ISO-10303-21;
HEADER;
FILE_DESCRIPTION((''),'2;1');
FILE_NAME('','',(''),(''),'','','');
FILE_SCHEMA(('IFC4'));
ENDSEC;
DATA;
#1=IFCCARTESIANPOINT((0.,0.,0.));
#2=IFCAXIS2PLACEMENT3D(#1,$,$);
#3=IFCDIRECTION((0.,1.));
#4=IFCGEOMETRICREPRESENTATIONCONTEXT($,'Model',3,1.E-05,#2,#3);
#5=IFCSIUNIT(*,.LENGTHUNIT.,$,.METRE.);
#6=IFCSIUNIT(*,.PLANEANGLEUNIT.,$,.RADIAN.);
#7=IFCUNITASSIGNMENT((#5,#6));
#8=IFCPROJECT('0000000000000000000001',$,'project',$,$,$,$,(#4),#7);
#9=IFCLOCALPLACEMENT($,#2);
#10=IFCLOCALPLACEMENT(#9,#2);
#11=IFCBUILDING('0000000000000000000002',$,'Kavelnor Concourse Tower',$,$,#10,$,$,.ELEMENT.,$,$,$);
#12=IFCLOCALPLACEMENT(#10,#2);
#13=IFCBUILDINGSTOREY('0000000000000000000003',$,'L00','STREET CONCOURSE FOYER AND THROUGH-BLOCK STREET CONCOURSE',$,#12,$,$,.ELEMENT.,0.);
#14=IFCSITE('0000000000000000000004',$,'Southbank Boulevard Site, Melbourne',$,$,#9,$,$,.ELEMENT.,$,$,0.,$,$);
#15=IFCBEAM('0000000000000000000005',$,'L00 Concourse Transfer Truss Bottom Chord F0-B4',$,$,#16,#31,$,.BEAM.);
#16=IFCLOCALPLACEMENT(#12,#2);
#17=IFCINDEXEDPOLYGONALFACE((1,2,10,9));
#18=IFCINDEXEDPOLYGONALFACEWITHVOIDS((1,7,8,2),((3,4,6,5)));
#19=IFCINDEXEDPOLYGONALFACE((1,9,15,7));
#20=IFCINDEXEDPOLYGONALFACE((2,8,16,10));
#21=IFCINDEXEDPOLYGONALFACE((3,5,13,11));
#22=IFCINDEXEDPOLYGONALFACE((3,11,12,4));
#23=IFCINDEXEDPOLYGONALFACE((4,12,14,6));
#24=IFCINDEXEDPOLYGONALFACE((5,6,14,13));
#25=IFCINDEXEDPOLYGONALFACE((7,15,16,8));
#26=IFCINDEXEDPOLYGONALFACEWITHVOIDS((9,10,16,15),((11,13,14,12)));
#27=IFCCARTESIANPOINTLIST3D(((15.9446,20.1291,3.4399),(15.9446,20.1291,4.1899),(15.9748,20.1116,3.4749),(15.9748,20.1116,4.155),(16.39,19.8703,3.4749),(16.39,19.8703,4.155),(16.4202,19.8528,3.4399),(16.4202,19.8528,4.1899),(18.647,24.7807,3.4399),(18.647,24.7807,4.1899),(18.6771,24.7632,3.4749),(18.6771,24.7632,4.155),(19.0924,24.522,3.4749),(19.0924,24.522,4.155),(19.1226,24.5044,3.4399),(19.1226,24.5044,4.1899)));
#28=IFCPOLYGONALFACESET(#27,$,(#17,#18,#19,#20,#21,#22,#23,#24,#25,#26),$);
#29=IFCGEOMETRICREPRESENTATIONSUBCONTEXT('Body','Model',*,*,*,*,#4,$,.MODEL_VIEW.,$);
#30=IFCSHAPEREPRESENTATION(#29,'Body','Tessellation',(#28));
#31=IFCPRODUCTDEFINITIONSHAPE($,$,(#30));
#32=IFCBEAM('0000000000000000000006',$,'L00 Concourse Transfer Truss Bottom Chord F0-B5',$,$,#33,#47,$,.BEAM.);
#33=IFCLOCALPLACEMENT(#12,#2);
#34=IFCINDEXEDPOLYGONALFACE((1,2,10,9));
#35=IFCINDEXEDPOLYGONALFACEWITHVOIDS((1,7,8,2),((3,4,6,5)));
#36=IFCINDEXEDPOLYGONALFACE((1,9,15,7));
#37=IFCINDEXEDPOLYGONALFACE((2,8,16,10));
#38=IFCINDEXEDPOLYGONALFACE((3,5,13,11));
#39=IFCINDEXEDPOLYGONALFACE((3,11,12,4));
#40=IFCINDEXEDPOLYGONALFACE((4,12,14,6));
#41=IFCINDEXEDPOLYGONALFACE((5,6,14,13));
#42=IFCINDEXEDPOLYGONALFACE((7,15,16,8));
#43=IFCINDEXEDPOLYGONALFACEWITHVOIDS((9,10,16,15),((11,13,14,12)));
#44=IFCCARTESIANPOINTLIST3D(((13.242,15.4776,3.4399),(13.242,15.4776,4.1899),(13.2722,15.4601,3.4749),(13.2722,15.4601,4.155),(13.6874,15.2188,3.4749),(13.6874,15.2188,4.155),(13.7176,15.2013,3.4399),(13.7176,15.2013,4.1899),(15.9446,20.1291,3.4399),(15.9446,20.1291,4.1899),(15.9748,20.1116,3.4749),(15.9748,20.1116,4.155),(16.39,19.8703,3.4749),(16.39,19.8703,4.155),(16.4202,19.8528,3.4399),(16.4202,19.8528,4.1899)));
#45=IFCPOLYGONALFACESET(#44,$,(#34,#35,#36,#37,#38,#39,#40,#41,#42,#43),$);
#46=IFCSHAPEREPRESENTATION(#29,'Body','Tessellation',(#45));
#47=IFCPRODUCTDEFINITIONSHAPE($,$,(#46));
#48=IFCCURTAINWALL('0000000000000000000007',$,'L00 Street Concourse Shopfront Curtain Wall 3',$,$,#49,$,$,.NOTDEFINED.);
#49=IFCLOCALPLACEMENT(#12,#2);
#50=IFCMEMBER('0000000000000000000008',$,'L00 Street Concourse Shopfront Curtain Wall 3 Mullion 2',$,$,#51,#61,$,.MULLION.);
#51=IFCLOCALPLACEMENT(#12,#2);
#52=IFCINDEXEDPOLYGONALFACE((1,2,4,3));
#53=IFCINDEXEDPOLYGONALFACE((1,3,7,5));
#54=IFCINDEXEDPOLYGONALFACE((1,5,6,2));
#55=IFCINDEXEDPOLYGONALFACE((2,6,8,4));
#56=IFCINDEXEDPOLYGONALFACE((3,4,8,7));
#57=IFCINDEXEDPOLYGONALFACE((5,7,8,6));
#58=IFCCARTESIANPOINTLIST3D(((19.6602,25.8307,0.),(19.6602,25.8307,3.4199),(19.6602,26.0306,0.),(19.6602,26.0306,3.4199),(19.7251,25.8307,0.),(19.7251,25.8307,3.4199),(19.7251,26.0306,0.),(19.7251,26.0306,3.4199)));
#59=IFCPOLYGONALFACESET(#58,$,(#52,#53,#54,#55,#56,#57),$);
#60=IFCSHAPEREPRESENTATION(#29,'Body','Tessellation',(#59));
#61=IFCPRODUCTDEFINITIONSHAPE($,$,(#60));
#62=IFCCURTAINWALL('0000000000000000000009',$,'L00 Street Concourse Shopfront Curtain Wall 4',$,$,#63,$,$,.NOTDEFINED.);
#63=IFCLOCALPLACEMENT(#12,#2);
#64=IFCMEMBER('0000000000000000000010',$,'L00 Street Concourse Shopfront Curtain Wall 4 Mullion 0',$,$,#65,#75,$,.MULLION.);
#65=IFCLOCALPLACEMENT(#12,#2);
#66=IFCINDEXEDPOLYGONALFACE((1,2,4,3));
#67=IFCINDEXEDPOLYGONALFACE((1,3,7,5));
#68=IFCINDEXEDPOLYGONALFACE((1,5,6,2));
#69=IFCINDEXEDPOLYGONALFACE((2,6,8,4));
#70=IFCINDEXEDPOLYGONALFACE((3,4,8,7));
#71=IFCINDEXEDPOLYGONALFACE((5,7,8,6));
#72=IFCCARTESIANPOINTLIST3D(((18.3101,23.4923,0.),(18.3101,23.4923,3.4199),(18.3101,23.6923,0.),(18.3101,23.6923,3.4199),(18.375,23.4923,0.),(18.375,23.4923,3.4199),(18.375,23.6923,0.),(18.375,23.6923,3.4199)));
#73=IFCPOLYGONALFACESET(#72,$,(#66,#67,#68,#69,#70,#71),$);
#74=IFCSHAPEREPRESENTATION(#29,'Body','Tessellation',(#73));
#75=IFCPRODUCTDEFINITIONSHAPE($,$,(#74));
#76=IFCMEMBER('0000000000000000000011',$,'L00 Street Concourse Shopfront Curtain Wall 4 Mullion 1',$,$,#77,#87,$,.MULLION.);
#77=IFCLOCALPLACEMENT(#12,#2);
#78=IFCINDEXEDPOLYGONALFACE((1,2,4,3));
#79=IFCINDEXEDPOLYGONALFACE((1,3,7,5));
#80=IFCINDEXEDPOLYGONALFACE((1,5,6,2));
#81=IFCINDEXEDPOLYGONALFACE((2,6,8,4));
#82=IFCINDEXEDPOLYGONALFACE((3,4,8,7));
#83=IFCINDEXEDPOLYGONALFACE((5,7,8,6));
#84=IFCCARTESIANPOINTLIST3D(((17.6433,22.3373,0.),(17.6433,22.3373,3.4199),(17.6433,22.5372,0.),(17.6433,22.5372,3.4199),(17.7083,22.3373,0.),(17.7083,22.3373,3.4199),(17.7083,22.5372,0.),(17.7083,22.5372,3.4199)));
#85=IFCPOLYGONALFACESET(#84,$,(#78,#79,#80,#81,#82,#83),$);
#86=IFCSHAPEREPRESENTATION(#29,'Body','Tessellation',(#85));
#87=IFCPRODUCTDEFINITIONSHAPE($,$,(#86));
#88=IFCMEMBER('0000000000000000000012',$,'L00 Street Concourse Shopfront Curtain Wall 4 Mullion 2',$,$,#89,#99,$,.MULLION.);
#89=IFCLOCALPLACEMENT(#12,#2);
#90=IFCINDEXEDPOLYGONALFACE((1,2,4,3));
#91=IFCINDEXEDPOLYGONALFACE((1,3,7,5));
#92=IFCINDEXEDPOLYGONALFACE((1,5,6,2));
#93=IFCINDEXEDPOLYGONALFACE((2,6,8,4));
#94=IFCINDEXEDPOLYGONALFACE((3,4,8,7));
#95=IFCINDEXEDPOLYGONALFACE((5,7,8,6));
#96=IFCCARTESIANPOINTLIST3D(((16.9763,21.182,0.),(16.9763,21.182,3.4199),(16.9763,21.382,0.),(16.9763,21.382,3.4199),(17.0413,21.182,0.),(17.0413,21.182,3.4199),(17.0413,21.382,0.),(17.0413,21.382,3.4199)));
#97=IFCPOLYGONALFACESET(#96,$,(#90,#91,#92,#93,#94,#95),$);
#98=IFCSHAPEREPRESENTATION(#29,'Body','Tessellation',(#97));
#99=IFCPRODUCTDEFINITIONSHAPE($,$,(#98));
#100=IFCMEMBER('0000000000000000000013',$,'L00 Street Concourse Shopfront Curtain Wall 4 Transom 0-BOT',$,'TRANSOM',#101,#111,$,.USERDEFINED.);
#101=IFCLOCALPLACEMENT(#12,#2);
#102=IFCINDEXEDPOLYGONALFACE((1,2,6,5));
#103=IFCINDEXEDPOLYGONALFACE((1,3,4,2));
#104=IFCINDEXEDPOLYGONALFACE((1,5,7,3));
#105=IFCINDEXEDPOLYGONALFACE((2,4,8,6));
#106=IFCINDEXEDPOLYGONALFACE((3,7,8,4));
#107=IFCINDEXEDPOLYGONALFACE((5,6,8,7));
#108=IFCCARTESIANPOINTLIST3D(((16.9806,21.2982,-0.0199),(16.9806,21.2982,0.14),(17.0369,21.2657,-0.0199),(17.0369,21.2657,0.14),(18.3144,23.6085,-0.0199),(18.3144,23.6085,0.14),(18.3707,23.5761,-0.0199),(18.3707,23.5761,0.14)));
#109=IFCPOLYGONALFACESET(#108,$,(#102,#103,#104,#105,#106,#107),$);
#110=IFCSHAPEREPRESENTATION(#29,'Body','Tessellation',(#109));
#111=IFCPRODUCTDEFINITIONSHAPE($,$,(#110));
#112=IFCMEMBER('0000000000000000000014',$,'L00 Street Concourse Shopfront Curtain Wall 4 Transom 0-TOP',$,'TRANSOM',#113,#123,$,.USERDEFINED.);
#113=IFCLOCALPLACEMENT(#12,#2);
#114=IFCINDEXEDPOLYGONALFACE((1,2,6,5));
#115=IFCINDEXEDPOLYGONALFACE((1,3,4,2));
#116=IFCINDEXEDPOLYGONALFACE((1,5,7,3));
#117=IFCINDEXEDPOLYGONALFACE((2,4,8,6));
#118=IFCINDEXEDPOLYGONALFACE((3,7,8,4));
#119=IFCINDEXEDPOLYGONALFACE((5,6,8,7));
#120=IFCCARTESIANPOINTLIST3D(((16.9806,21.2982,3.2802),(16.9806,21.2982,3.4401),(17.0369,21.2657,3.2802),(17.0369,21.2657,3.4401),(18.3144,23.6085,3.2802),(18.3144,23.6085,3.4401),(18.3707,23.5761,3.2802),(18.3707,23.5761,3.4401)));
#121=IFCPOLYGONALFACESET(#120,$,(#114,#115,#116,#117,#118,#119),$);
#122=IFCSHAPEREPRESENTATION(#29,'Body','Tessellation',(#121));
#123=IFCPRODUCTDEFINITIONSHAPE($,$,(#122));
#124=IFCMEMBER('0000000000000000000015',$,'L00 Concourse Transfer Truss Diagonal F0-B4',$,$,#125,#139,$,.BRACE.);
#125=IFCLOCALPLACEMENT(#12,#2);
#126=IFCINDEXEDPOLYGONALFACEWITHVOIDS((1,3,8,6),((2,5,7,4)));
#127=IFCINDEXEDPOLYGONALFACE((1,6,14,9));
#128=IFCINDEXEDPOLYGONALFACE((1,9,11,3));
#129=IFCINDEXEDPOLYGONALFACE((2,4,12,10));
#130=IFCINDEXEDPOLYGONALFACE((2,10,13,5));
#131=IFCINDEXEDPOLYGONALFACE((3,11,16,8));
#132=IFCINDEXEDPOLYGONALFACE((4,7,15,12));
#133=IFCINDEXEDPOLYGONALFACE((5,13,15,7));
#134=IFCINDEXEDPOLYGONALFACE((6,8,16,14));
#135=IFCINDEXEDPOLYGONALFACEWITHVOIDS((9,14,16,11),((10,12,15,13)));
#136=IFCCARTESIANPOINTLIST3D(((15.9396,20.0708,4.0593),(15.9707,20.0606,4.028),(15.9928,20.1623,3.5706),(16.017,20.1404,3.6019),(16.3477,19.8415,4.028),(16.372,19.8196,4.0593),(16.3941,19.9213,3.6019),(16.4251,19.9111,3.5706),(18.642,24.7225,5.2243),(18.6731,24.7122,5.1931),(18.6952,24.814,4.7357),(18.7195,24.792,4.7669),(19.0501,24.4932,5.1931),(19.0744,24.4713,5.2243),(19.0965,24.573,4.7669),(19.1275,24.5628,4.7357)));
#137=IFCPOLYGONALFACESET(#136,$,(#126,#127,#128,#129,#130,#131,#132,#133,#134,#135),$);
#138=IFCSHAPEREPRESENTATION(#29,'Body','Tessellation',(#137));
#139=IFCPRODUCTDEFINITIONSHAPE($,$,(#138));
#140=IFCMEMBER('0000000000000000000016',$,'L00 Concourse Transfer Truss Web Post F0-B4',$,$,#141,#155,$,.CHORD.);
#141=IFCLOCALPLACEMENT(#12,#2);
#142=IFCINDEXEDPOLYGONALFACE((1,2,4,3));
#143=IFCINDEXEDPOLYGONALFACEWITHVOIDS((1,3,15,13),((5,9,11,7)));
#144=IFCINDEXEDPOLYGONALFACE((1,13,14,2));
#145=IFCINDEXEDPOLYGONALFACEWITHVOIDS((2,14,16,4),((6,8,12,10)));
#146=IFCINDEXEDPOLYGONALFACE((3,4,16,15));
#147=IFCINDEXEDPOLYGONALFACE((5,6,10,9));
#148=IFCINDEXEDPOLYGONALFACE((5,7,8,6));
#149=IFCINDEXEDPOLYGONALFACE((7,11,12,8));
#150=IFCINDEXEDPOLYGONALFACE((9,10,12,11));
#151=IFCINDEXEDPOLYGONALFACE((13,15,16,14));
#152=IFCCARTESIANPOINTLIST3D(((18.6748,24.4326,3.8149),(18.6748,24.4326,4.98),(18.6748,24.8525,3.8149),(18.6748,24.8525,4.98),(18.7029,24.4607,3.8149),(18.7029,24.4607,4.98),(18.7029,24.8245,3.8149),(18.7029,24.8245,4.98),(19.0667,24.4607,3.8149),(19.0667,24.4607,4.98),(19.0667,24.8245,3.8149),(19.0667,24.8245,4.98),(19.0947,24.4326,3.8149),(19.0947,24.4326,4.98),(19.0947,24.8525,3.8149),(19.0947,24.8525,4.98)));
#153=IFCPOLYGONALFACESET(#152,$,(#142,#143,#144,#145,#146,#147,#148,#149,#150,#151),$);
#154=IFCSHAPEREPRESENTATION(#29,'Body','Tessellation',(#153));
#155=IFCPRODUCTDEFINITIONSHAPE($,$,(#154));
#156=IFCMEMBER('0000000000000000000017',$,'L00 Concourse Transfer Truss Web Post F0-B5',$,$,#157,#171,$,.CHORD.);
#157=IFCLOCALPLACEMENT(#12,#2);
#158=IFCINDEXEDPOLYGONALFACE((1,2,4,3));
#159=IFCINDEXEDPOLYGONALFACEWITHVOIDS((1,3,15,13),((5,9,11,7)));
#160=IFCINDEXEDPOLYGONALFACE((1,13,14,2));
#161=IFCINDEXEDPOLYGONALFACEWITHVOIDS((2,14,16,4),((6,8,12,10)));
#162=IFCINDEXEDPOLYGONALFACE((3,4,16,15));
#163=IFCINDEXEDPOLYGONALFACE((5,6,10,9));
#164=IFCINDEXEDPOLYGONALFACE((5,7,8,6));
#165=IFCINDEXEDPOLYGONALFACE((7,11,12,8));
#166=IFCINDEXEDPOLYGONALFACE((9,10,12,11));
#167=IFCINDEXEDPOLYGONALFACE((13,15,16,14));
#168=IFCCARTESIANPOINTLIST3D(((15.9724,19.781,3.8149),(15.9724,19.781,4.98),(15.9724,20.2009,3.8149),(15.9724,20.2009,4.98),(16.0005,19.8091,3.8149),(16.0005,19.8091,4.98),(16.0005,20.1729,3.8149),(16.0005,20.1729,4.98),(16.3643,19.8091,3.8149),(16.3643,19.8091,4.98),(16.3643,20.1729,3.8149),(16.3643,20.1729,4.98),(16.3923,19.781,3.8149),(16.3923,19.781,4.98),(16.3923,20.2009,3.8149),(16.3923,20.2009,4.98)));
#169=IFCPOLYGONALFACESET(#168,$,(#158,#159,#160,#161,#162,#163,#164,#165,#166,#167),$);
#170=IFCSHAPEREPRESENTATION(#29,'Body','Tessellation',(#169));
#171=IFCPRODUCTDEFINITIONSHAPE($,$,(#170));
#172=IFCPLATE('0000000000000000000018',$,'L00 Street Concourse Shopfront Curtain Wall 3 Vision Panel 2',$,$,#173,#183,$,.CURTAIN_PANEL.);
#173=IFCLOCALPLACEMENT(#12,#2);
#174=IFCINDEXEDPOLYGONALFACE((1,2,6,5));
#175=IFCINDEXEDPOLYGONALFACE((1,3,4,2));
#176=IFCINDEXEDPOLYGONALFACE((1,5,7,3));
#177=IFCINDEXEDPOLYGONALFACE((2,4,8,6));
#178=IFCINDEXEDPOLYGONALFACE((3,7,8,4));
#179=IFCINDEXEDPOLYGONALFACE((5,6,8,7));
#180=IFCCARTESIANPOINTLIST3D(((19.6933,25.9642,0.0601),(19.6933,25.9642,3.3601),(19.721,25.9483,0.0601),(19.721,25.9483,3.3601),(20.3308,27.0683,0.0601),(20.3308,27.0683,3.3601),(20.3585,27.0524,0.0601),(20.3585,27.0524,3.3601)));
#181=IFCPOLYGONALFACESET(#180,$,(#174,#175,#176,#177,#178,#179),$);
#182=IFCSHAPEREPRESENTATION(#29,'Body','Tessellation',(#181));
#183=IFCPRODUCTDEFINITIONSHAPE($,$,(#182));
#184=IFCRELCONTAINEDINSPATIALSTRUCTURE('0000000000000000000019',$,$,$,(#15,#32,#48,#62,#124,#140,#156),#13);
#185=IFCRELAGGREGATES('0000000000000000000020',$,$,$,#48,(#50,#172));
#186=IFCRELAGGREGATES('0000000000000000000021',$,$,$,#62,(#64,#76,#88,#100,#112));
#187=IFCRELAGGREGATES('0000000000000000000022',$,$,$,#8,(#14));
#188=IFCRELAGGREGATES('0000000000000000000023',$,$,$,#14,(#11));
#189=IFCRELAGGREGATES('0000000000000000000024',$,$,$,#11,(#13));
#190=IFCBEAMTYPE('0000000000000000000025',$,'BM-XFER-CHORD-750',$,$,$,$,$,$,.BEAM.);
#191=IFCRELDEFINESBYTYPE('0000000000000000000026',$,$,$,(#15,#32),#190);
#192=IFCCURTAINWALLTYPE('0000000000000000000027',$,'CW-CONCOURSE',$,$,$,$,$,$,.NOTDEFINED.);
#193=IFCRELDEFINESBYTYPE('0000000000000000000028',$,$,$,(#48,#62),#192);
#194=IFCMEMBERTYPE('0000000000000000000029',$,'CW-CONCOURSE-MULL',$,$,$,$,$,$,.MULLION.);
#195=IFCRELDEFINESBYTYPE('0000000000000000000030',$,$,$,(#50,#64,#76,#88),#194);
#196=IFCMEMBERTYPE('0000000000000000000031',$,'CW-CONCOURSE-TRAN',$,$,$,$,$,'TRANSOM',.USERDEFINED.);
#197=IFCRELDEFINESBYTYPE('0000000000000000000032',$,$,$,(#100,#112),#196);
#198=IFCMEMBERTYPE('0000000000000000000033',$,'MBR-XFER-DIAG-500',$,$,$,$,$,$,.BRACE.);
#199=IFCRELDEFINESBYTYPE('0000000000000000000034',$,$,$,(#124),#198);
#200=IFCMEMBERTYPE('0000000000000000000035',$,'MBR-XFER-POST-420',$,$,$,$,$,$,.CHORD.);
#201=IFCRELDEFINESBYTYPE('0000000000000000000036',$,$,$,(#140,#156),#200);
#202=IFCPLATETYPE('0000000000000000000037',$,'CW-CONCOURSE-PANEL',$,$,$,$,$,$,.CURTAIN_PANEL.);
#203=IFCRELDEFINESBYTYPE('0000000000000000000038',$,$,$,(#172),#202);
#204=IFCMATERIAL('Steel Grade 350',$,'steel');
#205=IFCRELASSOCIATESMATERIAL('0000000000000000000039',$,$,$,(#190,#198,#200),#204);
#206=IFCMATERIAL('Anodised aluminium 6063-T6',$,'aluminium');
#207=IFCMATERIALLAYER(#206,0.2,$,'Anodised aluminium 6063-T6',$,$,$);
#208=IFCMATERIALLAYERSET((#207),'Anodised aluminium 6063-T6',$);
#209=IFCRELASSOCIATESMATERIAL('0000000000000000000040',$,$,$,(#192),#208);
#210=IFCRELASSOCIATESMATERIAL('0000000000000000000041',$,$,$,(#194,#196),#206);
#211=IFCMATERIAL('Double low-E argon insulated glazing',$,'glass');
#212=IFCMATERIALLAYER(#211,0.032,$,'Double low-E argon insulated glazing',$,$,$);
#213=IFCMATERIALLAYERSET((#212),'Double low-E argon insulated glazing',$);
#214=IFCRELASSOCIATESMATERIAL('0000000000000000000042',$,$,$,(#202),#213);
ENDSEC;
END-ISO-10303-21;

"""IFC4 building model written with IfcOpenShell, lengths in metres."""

from ifc_helpers import new_model, si_unit, direction, frame, origin, origin_2d, place, context, subcontext, project, spatial, rectangle, hollow_rectangle, extrude, material, layer, layer_set, material_profile, profile_set, type_object, element, aggregate, save


model = new_model("IFC4")

# Units and contexts
model_context = context("Model", 3, precision=1e-05, world=origin(), true_north=direction((0.0, 1.0)))
body_context = subcontext(model_context, "Body", "Model", "MODEL_VIEW")
ifc_project = project(units=[si_unit("LENGTHUNIT", "METRE"), si_unit("PLANEANGLEUNIT", "RADIAN")], contexts=[model_context])

# Site, building, storey
site_placement = place(None, origin())
site = spatial("IfcSite", under=ifc_project, at=site_placement, Name="Southbank Boulevard Site, Melbourne", CompositionType="ELEMENT", RefElevation=0.0)
building_placement = place(site_placement, origin())
building = spatial("IfcBuilding", under=site, at=building_placement, Name="Kavelnor Concourse Tower", CompositionType="ELEMENT")
storey_placement = place(building_placement, origin())
storey = spatial("IfcBuildingStorey", under=building, at=storey_placement, Name="L00", Description="STREET CONCOURSE FOYER AND THROUGH-BLOCK STREET CONCOURSE", CompositionType="ELEMENT", Elevation=0.0)

# Beams
ifc_material_1 = material(Name="Steel Grade 350", Category="steel")
ifc_material_profile_1 = material_profile(ifc_material_1, hollow_rectangle(XDim=0.55, YDim=0.75, WallThickness=0.0349, at=origin_2d()), Name="RHS 750x550x35")
ifc_profile_set_1 = profile_set([ifc_material_profile_1], Name="Steel Grade 350")
beam_type = type_object("IfcBeamType", Name="BM-XFER-CHORD-750", PredefinedType="BEAM", material=ifc_profile_set_1)
for number, where, z_axis, x_axis, name in (
    (1, (18.8848, 24.6426, 3.8149), (-0.502338, -0.864671, 0.0), (0.864671, -0.502338, 0.0), "L00 Concourse Transfer Truss Bottom Chord F0-B4"),
    (2, (16.1824, 19.991, 3.8149), (-0.502372, -0.864652, 0.0), (0.864652, -0.502372, 0.0), "L00 Concourse Transfer Truss Bottom Chord F0-B5"),
):
    element("IfcBeam", number, at=place(storey_placement, frame(where, z_axis=z_axis, x_axis=x_axis)), inside=storey, type_object=beam_type, Name=name, PredefinedType="BEAM", context=body_context, shape_type="SweptSolid", body=[
        extrude(hollow_rectangle(XDim=0.55, YDim=0.75, WallThickness=0.0349, at=origin_2d()), origin(), (0.0, 0.0, 1.0), 5.3796),
    ])

# Curtain wall, member
ifc_material_2 = material(Name="Anodised aluminium 6063-T6", Category="aluminium")
ifc_layer_1 = layer(ifc_material_2, 0.2, Name="Anodised aluminium 6063-T6")
ifc_layer_set_1 = layer_set([ifc_layer_1], Name="Anodised aluminium 6063-T6")
curtain_wall_type = type_object("IfcCurtainWallType", Name="CW-CONCOURSE", PredefinedType="NOTDEFINED", material=ifc_layer_set_1)
curtain_wall_1_placement = place(storey_placement, origin())
curtain_wall_1 = element("IfcCurtainWall", 3, at=curtain_wall_1_placement, inside=storey, type_object=curtain_wall_type, Name="L00 Street Concourse Shopfront Curtain Wall 3", PredefinedType="NOTDEFINED")
ifc_material_profile_2 = material_profile(ifc_material_2, rectangle(XDim=0.0649, YDim=0.2, at=origin_2d()), Name="AL-MULL 65x200")
ifc_profile_set_2 = profile_set([ifc_material_profile_2], Name="Anodised aluminium 6063-T6")
member_type_1 = type_object("IfcMemberType", Name="CW-CONCOURSE-MULL", PredefinedType="MULLION", material=ifc_profile_set_2)
member_1_placement = place(storey_placement, frame((19.6926, 25.9307, 0.0), z_axis=(0.0, 0.0, 1.0), x_axis=(1.0, 0.0, 0.0)))
member_1 = element("IfcMember", 4, at=member_1_placement, type_object=member_type_1, Name="L00 Street Concourse Shopfront Curtain Wall 3 Mullion 2", PredefinedType="MULLION", context=body_context, shape_type="SweptSolid", body=[
    extrude(rectangle(XDim=0.0649, YDim=0.2, at=origin_2d()), origin(), (0.0, 0.0, 1.0), 3.4199),
])

# Curtain wall, members
curtain_wall_2_placement = place(storey_placement, origin())
curtain_wall_2 = element("IfcCurtainWall", 5, at=curtain_wall_2_placement, inside=storey, type_object=curtain_wall_type, Name="L00 Street Concourse Shopfront Curtain Wall 4", PredefinedType="NOTDEFINED")
member_2_placement = place(storey_placement, frame((18.3425, 23.5923, 0.0), z_axis=(0.0, 0.0, 1.0), x_axis=(1.0, 0.0, 0.0)))
member_2 = element("IfcMember", 6, at=member_2_placement, type_object=member_type_1, Name="L00 Street Concourse Shopfront Curtain Wall 4 Mullion 0", PredefinedType="MULLION", context=body_context, shape_type="SweptSolid", body=[
    extrude(rectangle(XDim=0.0649, YDim=0.2, at=origin_2d()), origin(), (0.0, 0.0, 1.0), 3.4199),
])
member_3_placement = place(storey_placement, frame((17.6758, 22.4373, 0.0), z_axis=(0.0, 0.0, 1.0), x_axis=(1.0, 0.0, 0.0)))
member_3 = element("IfcMember", 7, at=member_3_placement, type_object=member_type_1, Name="L00 Street Concourse Shopfront Curtain Wall 4 Mullion 1", PredefinedType="MULLION", context=body_context, shape_type="SweptSolid", body=[
    extrude(rectangle(XDim=0.0649, YDim=0.2, at=origin_2d()), origin(), (0.0, 0.0, 1.0), 3.4199),
])
member_4_placement = place(storey_placement, frame((17.0088, 21.282, 0.0), z_axis=(0.0, 0.0, 1.0), x_axis=(1.0, 0.0, 0.0)))
member_4 = element("IfcMember", 8, at=member_4_placement, type_object=member_type_1, Name="L00 Street Concourse Shopfront Curtain Wall 4 Mullion 2", PredefinedType="MULLION", context=body_context, shape_type="SweptSolid", body=[
    extrude(rectangle(XDim=0.0649, YDim=0.2, at=origin_2d()), origin(), (0.0, 0.0, 1.0), 3.4199),
])
ifc_material_profile_3 = material_profile(ifc_material_2, rectangle(XDim=0.0649, YDim=0.1599, at=origin_2d()), Name="AL-TRAN 65x160")
ifc_profile_set_3 = profile_set([ifc_material_profile_3], Name="Anodised aluminium 6063-T6")
member_type_2 = type_object("IfcMemberType", Name="CW-CONCOURSE-TRAN", ElementType="TRANSOM", PredefinedType="USERDEFINED", material=ifc_profile_set_3)
member_5_placement = place(storey_placement, frame((18.3425, 23.5923, 0.0601), z_axis=(-0.499968, -0.866044, 0.0), x_axis=(0.866044, -0.499968, 0.0)))
member_5 = element("IfcMember", 9, at=member_5_placement, type_object=member_type_2, Name="L00 Street Concourse Shopfront Curtain Wall 4 Transom 0-BOT", ObjectType="TRANSOM", PredefinedType="USERDEFINED", context=body_context, shape_type="SweptSolid", body=[
    extrude(rectangle(XDim=0.0649, YDim=0.1599, at=origin_2d()), origin(), (0.0, 0.0, 1.0), 2.6677),
])
member_6_placement = place(storey_placement, frame((18.3425, 23.5923, 3.3601), z_axis=(-0.499968, -0.866044, 0.0), x_axis=(0.866044, -0.499968, 0.0)))
member_6 = element("IfcMember", 10, at=member_6_placement, type_object=member_type_2, Name="L00 Street Concourse Shopfront Curtain Wall 4 Transom 0-TOP", ObjectType="TRANSOM", PredefinedType="USERDEFINED", context=body_context, shape_type="SweptSolid", body=[
    extrude(rectangle(XDim=0.0649, YDim=0.1599, at=origin_2d()), origin(), (0.0, 0.0, 1.0), 2.6677),
])

# Members
ifc_material_profile_4 = material_profile(ifc_material_1, hollow_rectangle(XDim=0.5, YDim=0.5, WallThickness=0.032, at=origin_2d()), Name="SHS 500x500x32")
ifc_profile_set_4 = profile_set([ifc_material_profile_4], Name="Steel Grade 350")
member_type_3 = type_object("IfcMemberType", Name="MBR-XFER-DIAG-500", PredefinedType="BRACE", material=ifc_profile_set_4)
member_7_placement = place(storey_placement, frame((16.1824, 19.991, 3.8149), z_axis=(0.490957, 0.845081, 0.211658), x_axis=(-0.864671, 0.502338, 0.0)))
element("IfcMember", 11, at=member_7_placement, inside=storey, type_object=member_type_3, Name="L00 Concourse Transfer Truss Diagonal F0-B4", PredefinedType="BRACE", context=body_context, shape_type="SweptSolid", body=[
    extrude(hollow_rectangle(XDim=0.5, YDim=0.5, WallThickness=0.032, at=origin_2d()), origin(), (0.0, 0.0, 1.0), 5.5044),
])
ifc_material_profile_5 = material_profile(ifc_material_1, hollow_rectangle(XDim=0.4199, YDim=0.4199, WallThickness=0.0281, at=origin_2d()), Name="SHS 420x420x28")
ifc_profile_set_5 = profile_set([ifc_material_profile_5], Name="Steel Grade 350")
member_type_4 = type_object("IfcMemberType", Name="MBR-XFER-POST-420", PredefinedType="CHORD", material=ifc_profile_set_5)
for number, where, z_axis, x_axis, name in (
    (12, (18.8848, 24.6426, 3.8149), (0.0, 0.0, 1.0), (1.0, 0.0, 0.0), "L00 Concourse Transfer Truss Web Post F0-B4"),
    (13, (16.1824, 19.991, 3.8149), (0.0, 0.0, 1.0), (1.0, 0.0, 0.0), "L00 Concourse Transfer Truss Web Post F0-B5"),
):
    element("IfcMember", number, at=place(storey_placement, frame(where, z_axis=z_axis, x_axis=x_axis)), inside=storey, type_object=member_type_4, Name=name, PredefinedType="CHORD", context=body_context, shape_type="SweptSolid", body=[
        extrude(hollow_rectangle(XDim=0.4199, YDim=0.4199, WallThickness=0.0281, at=origin_2d()), origin(), (0.0, 0.0, 1.0), 1.165),
    ])

# Plate
ifc_material_3 = material(Name="Double low-E argon insulated glazing", Category="glass")
ifc_layer_2 = layer(ifc_material_3, 0.032, Name="Double low-E argon insulated glazing")
ifc_layer_set_2 = layer_set([ifc_layer_2], Name="Double low-E argon insulated glazing")
plate_type_1 = type_object("IfcPlateType", Name="CW-CONCOURSE-PANEL", PredefinedType="CURTAIN_PANEL", material=ifc_layer_set_2)
plate_1_placement = place(storey_placement, frame((20.0259, 26.5083, 0.0601), z_axis=(0.0, 0.0, 1.0), x_axis=(-0.5, -0.866025, 0.0)))
plate_1 = element("IfcPlate", 14, at=plate_1_placement, type_object=plate_type_1, Name="L00 Street Concourse Shopfront Curtain Wall 3 Vision Panel 2", PredefinedType="CURTAIN_PANEL", context=body_context, shape_type="SweptSolid", body=[
    extrude(rectangle(XDim=1.2749, YDim=0.032, at=origin_2d()), origin(), (0.0, 0.0, 1.0), 3.3),
])
aggregate(curtain_wall_1, [member_1, plate_1])
aggregate(curtain_wall_2, [member_2, member_3, member_4, member_5, member_6])

save(model, "model.ifc")
